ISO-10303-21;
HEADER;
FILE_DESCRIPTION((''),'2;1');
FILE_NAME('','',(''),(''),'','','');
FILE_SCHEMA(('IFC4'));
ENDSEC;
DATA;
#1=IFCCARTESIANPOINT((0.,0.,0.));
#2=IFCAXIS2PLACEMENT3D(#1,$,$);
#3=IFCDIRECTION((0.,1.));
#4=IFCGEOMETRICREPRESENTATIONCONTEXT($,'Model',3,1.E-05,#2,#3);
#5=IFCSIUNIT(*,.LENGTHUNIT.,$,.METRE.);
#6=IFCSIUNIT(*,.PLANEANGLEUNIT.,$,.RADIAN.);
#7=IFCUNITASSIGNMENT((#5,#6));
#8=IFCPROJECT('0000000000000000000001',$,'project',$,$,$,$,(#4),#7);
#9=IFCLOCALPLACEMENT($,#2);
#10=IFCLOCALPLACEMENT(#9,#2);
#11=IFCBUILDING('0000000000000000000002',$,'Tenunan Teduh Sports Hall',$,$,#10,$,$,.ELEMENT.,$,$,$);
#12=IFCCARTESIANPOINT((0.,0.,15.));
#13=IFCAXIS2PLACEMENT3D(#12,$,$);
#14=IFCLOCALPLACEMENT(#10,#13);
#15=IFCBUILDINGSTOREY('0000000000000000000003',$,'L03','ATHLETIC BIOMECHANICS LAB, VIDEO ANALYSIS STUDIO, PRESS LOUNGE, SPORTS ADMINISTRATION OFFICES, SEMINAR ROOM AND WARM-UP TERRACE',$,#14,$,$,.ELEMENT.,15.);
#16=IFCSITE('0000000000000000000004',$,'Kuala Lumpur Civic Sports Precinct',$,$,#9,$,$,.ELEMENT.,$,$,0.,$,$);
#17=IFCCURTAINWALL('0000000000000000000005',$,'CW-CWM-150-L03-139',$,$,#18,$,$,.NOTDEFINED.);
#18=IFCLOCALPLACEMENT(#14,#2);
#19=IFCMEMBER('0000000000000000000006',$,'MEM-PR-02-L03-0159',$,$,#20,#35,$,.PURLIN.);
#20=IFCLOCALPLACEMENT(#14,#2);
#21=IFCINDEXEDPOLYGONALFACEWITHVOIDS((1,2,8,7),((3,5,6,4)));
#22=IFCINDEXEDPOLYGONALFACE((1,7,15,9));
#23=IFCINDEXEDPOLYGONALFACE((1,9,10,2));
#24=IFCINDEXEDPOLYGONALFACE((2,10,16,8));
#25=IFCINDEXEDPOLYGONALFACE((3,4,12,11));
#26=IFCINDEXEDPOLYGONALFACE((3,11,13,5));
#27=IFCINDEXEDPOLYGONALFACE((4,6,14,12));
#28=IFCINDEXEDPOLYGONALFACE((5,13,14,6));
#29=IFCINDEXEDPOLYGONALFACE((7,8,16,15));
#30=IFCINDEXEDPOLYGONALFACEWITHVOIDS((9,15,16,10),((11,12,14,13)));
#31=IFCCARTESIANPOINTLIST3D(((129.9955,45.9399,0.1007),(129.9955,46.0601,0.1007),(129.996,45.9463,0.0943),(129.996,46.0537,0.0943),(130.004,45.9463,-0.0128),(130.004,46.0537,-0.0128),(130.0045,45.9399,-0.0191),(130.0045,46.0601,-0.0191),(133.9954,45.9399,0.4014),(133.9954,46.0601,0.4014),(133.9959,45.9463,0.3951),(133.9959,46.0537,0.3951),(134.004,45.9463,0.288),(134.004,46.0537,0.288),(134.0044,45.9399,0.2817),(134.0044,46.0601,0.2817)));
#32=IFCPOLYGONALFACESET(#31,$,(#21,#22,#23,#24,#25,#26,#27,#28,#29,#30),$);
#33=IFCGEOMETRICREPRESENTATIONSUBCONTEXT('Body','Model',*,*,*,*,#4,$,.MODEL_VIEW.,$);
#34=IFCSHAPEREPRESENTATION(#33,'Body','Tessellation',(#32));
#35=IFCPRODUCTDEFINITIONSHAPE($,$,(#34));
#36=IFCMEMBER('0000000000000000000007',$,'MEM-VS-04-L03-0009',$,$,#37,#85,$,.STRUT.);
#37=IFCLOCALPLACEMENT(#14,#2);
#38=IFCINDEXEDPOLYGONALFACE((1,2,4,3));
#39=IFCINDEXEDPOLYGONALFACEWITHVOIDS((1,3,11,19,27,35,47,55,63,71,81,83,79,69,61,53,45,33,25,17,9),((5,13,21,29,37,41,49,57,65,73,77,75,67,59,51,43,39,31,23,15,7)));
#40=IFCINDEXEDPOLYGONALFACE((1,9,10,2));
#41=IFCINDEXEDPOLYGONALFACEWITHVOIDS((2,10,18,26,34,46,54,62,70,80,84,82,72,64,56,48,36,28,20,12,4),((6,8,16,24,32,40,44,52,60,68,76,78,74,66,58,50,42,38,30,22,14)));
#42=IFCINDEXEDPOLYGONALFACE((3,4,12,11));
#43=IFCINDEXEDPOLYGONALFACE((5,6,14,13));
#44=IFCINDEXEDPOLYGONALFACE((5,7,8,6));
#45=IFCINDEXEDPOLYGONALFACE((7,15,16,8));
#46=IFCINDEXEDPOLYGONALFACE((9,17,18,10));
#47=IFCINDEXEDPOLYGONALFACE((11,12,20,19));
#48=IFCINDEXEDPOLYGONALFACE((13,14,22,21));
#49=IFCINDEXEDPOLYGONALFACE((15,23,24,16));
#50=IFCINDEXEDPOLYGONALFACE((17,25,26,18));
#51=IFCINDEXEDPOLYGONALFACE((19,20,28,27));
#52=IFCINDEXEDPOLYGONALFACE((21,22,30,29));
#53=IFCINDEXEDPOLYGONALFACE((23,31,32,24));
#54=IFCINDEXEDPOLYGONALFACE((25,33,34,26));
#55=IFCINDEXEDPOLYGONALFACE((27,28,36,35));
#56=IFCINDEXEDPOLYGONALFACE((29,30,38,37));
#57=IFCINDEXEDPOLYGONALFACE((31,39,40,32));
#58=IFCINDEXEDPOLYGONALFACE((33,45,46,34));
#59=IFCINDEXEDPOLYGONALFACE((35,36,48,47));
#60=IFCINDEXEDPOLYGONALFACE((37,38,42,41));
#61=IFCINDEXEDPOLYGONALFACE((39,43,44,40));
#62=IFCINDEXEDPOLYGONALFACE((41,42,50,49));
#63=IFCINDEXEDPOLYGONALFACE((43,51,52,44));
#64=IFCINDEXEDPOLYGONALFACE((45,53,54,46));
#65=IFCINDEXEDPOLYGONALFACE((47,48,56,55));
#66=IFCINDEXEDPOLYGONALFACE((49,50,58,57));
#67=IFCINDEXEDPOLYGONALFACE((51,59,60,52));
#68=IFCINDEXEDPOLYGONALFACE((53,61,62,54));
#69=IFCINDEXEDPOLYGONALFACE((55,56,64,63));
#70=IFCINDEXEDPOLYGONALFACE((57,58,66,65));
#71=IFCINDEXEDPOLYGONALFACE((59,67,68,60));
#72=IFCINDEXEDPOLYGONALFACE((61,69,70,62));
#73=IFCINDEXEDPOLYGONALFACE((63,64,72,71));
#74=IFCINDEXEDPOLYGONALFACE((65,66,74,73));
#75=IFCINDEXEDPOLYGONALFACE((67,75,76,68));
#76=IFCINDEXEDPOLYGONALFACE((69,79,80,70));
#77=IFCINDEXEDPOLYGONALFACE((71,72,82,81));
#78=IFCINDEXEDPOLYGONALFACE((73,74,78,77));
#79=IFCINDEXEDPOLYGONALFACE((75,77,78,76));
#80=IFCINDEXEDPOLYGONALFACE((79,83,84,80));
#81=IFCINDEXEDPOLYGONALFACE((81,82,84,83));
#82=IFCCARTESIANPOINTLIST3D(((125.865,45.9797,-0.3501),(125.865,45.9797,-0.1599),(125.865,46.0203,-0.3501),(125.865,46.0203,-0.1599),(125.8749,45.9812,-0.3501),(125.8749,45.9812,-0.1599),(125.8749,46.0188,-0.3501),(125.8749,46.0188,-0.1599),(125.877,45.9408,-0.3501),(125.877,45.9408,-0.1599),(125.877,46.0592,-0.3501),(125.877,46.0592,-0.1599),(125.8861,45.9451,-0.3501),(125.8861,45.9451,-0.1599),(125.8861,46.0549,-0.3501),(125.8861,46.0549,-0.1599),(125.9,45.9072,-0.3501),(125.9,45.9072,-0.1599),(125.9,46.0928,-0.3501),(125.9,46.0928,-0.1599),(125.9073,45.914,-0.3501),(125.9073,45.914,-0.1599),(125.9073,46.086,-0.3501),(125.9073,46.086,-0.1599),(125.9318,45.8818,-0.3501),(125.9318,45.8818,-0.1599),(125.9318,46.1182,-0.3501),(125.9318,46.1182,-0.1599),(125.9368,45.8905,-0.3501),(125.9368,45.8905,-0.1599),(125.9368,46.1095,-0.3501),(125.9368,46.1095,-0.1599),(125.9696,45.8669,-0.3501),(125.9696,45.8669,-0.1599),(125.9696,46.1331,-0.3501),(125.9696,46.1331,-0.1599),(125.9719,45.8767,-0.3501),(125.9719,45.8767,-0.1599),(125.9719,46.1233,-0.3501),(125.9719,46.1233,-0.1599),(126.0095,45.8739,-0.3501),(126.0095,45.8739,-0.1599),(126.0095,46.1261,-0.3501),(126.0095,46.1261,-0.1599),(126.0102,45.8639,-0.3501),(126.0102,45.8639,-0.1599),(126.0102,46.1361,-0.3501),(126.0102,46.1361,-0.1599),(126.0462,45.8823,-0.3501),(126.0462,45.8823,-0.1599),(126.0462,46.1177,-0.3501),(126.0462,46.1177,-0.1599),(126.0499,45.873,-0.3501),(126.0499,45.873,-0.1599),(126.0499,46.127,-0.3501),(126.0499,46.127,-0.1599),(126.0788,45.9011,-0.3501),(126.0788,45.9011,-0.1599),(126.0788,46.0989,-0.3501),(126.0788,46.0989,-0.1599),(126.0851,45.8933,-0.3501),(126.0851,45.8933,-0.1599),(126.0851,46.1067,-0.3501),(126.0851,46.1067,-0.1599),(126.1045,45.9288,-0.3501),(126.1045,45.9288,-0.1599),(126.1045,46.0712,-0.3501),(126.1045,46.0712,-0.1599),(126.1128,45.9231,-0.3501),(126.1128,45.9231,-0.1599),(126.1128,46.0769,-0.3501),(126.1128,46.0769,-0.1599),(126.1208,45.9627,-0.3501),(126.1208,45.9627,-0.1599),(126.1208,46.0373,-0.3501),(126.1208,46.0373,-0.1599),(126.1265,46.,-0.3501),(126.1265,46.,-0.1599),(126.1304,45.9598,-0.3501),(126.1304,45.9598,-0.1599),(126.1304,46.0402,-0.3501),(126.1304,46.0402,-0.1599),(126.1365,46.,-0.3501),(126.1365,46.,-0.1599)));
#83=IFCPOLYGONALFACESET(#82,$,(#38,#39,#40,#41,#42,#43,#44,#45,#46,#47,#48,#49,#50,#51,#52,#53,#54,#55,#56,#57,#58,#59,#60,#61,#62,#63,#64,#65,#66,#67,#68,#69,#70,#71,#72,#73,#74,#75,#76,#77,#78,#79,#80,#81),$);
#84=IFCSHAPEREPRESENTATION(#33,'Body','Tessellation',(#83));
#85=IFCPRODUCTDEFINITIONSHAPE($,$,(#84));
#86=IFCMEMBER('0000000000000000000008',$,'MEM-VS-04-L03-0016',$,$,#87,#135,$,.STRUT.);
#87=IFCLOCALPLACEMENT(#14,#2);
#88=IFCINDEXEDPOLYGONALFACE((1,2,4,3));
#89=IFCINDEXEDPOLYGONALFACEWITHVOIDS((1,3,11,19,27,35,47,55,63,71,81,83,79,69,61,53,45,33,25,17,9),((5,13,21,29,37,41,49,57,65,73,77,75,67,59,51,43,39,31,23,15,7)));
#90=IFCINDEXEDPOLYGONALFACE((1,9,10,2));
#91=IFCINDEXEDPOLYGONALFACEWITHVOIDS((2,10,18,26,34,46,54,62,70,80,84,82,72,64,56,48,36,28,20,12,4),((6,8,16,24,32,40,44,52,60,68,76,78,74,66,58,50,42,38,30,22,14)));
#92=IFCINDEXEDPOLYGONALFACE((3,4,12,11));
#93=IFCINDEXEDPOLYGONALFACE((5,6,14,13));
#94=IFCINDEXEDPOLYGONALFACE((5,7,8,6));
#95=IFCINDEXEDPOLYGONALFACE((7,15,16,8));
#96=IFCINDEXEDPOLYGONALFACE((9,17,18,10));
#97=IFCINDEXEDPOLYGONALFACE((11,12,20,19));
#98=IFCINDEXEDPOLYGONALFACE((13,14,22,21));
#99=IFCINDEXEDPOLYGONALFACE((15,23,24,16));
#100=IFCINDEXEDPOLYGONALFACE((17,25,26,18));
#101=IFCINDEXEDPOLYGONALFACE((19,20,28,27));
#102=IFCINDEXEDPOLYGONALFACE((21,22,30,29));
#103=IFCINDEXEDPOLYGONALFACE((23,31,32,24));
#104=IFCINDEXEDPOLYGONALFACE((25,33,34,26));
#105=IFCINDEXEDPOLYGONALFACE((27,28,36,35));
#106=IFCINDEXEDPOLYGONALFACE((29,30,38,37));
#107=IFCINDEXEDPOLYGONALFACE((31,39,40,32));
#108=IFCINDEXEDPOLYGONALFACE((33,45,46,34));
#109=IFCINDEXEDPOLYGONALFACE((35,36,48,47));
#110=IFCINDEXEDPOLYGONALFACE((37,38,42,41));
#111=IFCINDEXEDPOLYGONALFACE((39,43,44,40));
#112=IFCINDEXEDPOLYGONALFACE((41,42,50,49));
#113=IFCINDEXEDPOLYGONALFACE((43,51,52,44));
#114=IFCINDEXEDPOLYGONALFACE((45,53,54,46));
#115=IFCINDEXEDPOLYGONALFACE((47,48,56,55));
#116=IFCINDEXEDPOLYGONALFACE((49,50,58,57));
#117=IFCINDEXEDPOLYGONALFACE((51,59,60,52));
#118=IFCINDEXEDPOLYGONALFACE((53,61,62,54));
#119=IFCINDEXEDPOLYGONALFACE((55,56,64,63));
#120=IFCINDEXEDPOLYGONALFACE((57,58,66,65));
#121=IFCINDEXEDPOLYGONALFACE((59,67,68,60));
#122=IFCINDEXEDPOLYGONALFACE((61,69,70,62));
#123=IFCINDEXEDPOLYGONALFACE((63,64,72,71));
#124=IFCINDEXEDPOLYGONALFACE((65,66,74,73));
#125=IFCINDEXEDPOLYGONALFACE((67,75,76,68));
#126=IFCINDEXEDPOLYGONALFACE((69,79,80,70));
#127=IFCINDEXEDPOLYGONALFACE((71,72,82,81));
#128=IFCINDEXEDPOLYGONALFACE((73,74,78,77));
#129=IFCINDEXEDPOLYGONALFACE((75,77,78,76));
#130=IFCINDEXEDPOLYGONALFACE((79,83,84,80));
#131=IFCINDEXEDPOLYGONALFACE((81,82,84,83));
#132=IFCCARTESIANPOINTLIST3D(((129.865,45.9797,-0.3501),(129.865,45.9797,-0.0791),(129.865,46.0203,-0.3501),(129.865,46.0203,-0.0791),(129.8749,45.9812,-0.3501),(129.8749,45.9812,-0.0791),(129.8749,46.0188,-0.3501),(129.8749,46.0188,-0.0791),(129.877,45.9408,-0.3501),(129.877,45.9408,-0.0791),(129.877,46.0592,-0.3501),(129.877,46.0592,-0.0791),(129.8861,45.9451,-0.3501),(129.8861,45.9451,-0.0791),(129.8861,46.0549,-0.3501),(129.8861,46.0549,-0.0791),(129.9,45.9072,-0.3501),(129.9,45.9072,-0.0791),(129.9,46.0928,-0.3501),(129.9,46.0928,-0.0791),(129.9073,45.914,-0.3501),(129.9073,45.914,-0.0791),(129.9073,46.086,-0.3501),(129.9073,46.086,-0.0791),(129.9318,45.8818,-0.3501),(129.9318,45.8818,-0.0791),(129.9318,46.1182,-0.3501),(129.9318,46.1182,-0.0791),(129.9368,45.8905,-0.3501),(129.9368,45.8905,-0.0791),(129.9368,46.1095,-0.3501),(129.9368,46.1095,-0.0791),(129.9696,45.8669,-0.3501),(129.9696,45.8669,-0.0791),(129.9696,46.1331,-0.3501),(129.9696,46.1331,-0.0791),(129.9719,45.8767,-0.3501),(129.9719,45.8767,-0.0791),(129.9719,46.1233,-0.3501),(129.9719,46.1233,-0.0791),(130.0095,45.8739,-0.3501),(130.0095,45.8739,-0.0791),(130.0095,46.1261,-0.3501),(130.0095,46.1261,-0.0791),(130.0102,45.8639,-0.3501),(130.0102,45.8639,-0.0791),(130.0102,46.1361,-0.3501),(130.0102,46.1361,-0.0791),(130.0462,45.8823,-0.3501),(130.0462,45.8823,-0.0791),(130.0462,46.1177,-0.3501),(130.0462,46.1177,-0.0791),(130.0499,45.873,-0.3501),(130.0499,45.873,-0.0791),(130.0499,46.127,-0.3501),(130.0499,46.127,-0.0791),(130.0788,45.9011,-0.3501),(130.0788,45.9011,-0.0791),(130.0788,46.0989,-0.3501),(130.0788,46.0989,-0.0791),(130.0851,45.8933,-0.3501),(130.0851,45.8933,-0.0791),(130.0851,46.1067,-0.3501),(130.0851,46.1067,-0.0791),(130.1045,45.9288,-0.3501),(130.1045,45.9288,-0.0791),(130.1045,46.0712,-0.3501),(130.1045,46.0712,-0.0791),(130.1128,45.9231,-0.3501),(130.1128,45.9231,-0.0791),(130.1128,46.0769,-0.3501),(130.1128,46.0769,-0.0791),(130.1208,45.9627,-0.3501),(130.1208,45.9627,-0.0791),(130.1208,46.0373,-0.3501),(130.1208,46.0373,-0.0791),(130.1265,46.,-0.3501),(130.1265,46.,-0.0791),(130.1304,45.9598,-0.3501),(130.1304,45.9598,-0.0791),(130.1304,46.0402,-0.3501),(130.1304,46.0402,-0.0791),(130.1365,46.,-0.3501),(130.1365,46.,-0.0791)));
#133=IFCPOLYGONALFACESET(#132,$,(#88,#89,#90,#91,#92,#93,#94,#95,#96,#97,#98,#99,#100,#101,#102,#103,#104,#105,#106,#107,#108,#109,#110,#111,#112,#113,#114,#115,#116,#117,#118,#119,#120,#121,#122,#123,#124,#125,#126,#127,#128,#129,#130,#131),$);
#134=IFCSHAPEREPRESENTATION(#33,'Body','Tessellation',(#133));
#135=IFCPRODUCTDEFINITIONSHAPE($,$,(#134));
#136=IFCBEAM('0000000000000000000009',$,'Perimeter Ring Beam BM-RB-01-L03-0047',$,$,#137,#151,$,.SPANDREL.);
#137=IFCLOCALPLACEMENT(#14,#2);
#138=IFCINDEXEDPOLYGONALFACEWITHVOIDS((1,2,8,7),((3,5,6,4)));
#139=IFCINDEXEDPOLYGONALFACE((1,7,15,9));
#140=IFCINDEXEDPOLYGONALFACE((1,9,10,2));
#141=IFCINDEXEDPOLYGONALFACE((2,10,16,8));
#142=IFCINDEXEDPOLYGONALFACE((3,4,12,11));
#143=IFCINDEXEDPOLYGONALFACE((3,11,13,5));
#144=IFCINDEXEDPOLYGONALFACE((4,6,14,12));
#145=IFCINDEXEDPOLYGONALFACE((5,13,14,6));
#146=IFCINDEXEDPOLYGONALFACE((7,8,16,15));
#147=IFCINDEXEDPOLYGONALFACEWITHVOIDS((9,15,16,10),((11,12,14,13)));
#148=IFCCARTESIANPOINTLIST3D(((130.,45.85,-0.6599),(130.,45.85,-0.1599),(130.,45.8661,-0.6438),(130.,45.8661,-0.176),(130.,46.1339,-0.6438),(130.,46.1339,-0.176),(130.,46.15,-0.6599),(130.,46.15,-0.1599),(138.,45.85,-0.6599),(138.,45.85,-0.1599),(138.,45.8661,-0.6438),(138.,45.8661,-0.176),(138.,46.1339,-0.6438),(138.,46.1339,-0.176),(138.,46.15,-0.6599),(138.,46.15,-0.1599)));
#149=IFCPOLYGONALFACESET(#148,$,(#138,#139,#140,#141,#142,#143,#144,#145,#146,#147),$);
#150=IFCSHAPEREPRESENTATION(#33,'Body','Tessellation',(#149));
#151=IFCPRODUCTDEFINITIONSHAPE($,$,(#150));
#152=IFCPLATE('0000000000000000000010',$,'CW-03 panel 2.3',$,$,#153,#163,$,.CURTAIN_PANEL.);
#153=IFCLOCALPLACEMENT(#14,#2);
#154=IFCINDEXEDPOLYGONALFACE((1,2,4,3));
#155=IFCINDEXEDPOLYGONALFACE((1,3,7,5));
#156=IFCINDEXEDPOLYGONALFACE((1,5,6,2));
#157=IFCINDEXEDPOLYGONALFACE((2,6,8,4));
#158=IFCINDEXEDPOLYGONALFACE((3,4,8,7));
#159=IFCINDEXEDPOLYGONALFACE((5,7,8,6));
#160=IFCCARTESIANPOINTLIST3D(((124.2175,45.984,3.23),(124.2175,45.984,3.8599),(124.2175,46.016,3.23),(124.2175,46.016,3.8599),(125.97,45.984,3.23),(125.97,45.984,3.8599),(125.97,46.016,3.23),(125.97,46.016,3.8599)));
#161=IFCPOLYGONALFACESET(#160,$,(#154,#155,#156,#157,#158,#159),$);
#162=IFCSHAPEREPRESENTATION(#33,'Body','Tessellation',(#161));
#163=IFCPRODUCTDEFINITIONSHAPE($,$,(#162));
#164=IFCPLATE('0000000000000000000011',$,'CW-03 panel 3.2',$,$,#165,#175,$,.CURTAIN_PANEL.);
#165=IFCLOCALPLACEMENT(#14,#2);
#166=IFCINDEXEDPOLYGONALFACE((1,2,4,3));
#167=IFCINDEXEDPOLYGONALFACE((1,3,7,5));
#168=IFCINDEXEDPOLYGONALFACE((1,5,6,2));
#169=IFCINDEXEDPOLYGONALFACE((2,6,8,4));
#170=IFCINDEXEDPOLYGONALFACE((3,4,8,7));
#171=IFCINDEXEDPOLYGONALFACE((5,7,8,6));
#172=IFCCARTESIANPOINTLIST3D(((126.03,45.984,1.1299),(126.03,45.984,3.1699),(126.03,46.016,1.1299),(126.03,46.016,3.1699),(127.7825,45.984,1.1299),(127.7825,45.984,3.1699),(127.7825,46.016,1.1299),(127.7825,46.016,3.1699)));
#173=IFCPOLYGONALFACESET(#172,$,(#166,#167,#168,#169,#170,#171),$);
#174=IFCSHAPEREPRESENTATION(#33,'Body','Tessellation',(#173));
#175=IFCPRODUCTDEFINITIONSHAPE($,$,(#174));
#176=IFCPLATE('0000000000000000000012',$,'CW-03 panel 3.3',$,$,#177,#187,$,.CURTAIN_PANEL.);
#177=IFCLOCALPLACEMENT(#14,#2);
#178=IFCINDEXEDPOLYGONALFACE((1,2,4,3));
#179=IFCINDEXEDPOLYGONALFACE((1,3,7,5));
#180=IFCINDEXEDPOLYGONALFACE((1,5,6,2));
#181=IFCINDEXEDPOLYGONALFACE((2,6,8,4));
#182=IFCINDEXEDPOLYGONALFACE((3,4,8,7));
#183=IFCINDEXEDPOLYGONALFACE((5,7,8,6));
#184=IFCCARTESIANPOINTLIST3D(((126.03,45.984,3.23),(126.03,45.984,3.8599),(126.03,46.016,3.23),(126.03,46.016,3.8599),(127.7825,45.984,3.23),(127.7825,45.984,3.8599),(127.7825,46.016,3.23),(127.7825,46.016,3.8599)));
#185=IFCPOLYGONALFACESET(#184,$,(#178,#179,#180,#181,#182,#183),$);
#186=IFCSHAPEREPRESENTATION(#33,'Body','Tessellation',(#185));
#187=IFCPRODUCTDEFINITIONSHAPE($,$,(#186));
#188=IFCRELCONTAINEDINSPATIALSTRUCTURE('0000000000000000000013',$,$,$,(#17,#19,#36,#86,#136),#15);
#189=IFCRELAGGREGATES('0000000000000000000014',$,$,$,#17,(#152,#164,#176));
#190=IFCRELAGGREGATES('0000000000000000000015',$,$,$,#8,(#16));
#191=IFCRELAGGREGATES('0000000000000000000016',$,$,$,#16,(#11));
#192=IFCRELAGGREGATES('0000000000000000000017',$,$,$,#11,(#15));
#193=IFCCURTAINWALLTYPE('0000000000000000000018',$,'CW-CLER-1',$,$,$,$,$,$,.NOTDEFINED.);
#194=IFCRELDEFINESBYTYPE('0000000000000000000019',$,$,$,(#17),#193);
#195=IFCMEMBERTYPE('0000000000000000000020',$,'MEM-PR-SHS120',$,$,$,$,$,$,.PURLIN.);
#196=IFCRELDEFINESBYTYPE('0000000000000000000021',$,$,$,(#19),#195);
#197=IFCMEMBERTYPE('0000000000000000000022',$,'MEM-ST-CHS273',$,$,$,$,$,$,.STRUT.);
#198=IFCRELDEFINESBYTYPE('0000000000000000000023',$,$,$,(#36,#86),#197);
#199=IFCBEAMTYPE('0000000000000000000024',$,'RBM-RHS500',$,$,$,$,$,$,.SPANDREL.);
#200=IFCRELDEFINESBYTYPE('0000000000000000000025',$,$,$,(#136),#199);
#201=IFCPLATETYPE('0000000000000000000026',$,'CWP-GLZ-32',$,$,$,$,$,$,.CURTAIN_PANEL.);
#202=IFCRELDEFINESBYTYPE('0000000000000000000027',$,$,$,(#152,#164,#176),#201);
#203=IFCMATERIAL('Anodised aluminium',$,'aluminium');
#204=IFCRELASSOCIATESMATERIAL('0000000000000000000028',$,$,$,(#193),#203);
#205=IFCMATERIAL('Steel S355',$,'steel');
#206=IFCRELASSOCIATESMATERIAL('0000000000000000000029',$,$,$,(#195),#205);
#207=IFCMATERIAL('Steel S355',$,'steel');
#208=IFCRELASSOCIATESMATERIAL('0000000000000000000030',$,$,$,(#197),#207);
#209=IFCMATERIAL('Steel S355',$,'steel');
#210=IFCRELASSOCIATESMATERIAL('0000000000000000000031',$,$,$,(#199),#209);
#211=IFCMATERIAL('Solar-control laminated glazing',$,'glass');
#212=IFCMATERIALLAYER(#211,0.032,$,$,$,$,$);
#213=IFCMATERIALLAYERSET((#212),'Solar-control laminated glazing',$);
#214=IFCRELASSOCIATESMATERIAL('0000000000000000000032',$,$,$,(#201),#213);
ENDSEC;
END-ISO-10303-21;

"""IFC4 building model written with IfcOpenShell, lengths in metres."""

from ifc_helpers import new_model, si_unit, direction, frame, origin, origin_2d, place, context, subcontext, project, spatial, rectangle, hollow_rectangle, hollow_circle, extrude, material, layer, layer_set, material_profile, profile_set, type_object, element, aggregate, save


model = new_model("IFC4")

# Units and contexts
model_context = context("Model", 3, precision=1e-05, world=origin(), true_north=direction((0.0, 1.0)))
body_context = subcontext(model_context, "Body", "Model", "MODEL_VIEW")
ifc_project = project(units=[si_unit("LENGTHUNIT", "METRE"), si_unit("PLANEANGLEUNIT", "RADIAN")], contexts=[model_context])

# Site, building, storey
site_placement = place(None, origin())
site = spatial("IfcSite", under=ifc_project, at=site_placement, Name="Kuala Lumpur Civic Sports Precinct", CompositionType="ELEMENT", RefElevation=0.0)
building_placement = place(site_placement, origin())
building = spatial("IfcBuilding", under=site, at=building_placement, Name="Tenunan Teduh Sports Hall", CompositionType="ELEMENT")
storey_placement = place(building_placement, frame((0.0, 0.0, 15.0)))
storey = spatial("IfcBuildingStorey", under=building, at=storey_placement, Name="L03", Description="ATHLETIC BIOMECHANICS LAB, VIDEO ANALYSIS STUDIO, PRESS LOUNGE, SPORTS ADMINISTRATION OFFICES, SEMINAR ROOM AND WARM-UP TERRACE", CompositionType="ELEMENT", Elevation=15.0)

# Curtain wall
ifc_material_1 = material(Name="Anodised aluminium", Category="aluminium")
curtain_wall_type = type_object("IfcCurtainWallType", Name="CW-CLER-1", PredefinedType="NOTDEFINED", material=ifc_material_1)
curtain_wall_1_placement = place(storey_placement, origin())
curtain_wall_1 = element("IfcCurtainWall", 1, at=curtain_wall_1_placement, inside=storey, type_object=curtain_wall_type, Name="CW-CWM-150-L03-139", PredefinedType="NOTDEFINED")

# Members
ifc_material_2 = material(Name="Steel S355", Category="steel")
ifc_material_profile_1 = material_profile(ifc_material_2, hollow_rectangle(XDim=0.1201, YDim=0.1201, WallThickness=0.0063, at=origin_2d()), Name="SHS 120x120x6.3")
ifc_profile_set_1 = profile_set([ifc_material_profile_1], Name="Steel S355")
member_type_1 = type_object("IfcMemberType", Name="MEM-PR-SHS120", PredefinedType="PURLIN", material=ifc_profile_set_1)
member_1_placement = place(storey_placement, frame((130.0, 46.0, 0.0408), z_axis=(0.997185, 0.0, 0.074984), x_axis=(0.0, 1.0, 0.0)))
element("IfcMember", 2, at=member_1_placement, inside=storey, type_object=member_type_1, Name="MEM-PR-02-L03-0159", PredefinedType="PURLIN", context=body_context, shape_type="SweptSolid", body=[
    extrude(hollow_rectangle(XDim=0.1201, YDim=0.1201, WallThickness=0.0063, at=origin_2d()), origin(), (0.0, 0.0, 1.0), 4.0112),
])
ifc_material_3 = material(Name="Steel S355", Category="steel")
ifc_material_profile_2 = material_profile(ifc_material_3, hollow_circle(Radius=0.1365, WallThickness=0.01, at=origin_2d()), Name="CHS 273.0x10.0")
ifc_profile_set_2 = profile_set([ifc_material_profile_2], Name="Steel S355")
member_type_2 = type_object("IfcMemberType", Name="MEM-ST-CHS273", PredefinedType="STRUT", material=ifc_profile_set_2)
member_2_placement = place(storey_placement, frame((126.0, 46.0, -0.3501), z_axis=(0.0, 0.0, 1.0), x_axis=(1.0, 0.0, 0.0)))
element("IfcMember", 3, at=member_2_placement, inside=storey, type_object=member_type_2, Name="MEM-VS-04-L03-0009", PredefinedType="STRUT", context=body_context, shape_type="SweptSolid", body=[
    extrude(hollow_circle(Radius=0.1365, WallThickness=0.01, at=origin_2d()), origin(), (0.0, 0.0, 1.0), 0.1902),
])
member_3_placement = place(storey_placement, frame((130.0, 46.0, -0.3501), z_axis=(0.0, 0.0, 1.0), x_axis=(1.0, 0.0, 0.0)))
element("IfcMember", 4, at=member_3_placement, inside=storey, type_object=member_type_2, Name="MEM-VS-04-L03-0016", PredefinedType="STRUT", context=body_context, shape_type="SweptSolid", body=[
    extrude(hollow_circle(Radius=0.1365, WallThickness=0.01, at=origin_2d()), origin(), (0.0, 0.0, 1.0), 0.271),
])

# Beam
ifc_material_4 = material(Name="Steel S355", Category="steel")
ifc_material_profile_3 = material_profile(ifc_material_4, hollow_rectangle(XDim=0.3, YDim=0.5, WallThickness=0.0161, at=origin_2d()), Name="RHS 500x300x16.0")
ifc_profile_set_3 = profile_set([ifc_material_profile_3], Name="Steel S355")
beam_type = type_object("IfcBeamType", Name="RBM-RHS500", PredefinedType="SPANDREL", material=ifc_profile_set_3)
beam_placement = place(storey_placement, frame((130.0, 46.0, -0.4099), z_axis=(1.0, 0.0, 0.0), x_axis=(0.0, 1.0, 0.0)))
element("IfcBeam", 5, at=beam_placement, inside=storey, type_object=beam_type, Name="Perimeter Ring Beam BM-RB-01-L03-0047", PredefinedType="SPANDREL", context=body_context, shape_type="SweptSolid", body=[
    extrude(hollow_rectangle(XDim=0.3, YDim=0.5, WallThickness=0.0161, at=origin_2d()), origin(), (0.0, 0.0, 1.0), 8.0),
])

# Plates
ifc_material_5 = material(Name="Solar-control laminated glazing", Category="glass")
ifc_layer_1 = layer(ifc_material_5, 0.032)
ifc_layer_set_1 = layer_set([ifc_layer_1], Name="Solar-control laminated glazing")
plate_type_1 = type_object("IfcPlateType", Name="CWP-GLZ-32", PredefinedType="CURTAIN_PANEL", material=ifc_layer_set_1)
plate_1_placement = place(storey_placement, frame((125.0938, 46.0, 3.23), z_axis=(0.0, 0.0, 1.0), x_axis=(1.0, 0.0, 0.0)))
plate_1 = element("IfcPlate", 6, at=plate_1_placement, type_object=plate_type_1, Name="CW-03 panel 2.3", PredefinedType="CURTAIN_PANEL", context=body_context, shape_type="SweptSolid", body=[
    extrude(rectangle(XDim=1.7524, YDim=0.032, at=origin_2d()), origin(), (0.0, 0.0, 1.0), 0.6299),
])
plate_2_placement = place(storey_placement, frame((126.9062, 46.0, 1.1299), z_axis=(0.0, 0.0, 1.0), x_axis=(1.0, 0.0, 0.0)))
plate_2 = element("IfcPlate", 7, at=plate_2_placement, type_object=plate_type_1, Name="CW-03 panel 3.2", PredefinedType="CURTAIN_PANEL", context=body_context, shape_type="SweptSolid", body=[
    extrude(rectangle(XDim=1.7524, YDim=0.032, at=origin_2d()), origin(), (0.0, 0.0, 1.0), 2.04),
])
plate_3_placement = place(storey_placement, frame((126.9062, 46.0, 3.23), z_axis=(0.0, 0.0, 1.0), x_axis=(1.0, 0.0, 0.0)))
plate_3 = element("IfcPlate", 8, at=plate_3_placement, type_object=plate_type_1, Name="CW-03 panel 3.3", PredefinedType="CURTAIN_PANEL", context=body_context, shape_type="SweptSolid", body=[
    extrude(rectangle(XDim=1.7524, YDim=0.032, at=origin_2d()), origin(), (0.0, 0.0, 1.0), 0.6299),
])
aggregate(curtain_wall_1, [plate_1, plate_2, plate_3])

save(model, "model.ifc")
